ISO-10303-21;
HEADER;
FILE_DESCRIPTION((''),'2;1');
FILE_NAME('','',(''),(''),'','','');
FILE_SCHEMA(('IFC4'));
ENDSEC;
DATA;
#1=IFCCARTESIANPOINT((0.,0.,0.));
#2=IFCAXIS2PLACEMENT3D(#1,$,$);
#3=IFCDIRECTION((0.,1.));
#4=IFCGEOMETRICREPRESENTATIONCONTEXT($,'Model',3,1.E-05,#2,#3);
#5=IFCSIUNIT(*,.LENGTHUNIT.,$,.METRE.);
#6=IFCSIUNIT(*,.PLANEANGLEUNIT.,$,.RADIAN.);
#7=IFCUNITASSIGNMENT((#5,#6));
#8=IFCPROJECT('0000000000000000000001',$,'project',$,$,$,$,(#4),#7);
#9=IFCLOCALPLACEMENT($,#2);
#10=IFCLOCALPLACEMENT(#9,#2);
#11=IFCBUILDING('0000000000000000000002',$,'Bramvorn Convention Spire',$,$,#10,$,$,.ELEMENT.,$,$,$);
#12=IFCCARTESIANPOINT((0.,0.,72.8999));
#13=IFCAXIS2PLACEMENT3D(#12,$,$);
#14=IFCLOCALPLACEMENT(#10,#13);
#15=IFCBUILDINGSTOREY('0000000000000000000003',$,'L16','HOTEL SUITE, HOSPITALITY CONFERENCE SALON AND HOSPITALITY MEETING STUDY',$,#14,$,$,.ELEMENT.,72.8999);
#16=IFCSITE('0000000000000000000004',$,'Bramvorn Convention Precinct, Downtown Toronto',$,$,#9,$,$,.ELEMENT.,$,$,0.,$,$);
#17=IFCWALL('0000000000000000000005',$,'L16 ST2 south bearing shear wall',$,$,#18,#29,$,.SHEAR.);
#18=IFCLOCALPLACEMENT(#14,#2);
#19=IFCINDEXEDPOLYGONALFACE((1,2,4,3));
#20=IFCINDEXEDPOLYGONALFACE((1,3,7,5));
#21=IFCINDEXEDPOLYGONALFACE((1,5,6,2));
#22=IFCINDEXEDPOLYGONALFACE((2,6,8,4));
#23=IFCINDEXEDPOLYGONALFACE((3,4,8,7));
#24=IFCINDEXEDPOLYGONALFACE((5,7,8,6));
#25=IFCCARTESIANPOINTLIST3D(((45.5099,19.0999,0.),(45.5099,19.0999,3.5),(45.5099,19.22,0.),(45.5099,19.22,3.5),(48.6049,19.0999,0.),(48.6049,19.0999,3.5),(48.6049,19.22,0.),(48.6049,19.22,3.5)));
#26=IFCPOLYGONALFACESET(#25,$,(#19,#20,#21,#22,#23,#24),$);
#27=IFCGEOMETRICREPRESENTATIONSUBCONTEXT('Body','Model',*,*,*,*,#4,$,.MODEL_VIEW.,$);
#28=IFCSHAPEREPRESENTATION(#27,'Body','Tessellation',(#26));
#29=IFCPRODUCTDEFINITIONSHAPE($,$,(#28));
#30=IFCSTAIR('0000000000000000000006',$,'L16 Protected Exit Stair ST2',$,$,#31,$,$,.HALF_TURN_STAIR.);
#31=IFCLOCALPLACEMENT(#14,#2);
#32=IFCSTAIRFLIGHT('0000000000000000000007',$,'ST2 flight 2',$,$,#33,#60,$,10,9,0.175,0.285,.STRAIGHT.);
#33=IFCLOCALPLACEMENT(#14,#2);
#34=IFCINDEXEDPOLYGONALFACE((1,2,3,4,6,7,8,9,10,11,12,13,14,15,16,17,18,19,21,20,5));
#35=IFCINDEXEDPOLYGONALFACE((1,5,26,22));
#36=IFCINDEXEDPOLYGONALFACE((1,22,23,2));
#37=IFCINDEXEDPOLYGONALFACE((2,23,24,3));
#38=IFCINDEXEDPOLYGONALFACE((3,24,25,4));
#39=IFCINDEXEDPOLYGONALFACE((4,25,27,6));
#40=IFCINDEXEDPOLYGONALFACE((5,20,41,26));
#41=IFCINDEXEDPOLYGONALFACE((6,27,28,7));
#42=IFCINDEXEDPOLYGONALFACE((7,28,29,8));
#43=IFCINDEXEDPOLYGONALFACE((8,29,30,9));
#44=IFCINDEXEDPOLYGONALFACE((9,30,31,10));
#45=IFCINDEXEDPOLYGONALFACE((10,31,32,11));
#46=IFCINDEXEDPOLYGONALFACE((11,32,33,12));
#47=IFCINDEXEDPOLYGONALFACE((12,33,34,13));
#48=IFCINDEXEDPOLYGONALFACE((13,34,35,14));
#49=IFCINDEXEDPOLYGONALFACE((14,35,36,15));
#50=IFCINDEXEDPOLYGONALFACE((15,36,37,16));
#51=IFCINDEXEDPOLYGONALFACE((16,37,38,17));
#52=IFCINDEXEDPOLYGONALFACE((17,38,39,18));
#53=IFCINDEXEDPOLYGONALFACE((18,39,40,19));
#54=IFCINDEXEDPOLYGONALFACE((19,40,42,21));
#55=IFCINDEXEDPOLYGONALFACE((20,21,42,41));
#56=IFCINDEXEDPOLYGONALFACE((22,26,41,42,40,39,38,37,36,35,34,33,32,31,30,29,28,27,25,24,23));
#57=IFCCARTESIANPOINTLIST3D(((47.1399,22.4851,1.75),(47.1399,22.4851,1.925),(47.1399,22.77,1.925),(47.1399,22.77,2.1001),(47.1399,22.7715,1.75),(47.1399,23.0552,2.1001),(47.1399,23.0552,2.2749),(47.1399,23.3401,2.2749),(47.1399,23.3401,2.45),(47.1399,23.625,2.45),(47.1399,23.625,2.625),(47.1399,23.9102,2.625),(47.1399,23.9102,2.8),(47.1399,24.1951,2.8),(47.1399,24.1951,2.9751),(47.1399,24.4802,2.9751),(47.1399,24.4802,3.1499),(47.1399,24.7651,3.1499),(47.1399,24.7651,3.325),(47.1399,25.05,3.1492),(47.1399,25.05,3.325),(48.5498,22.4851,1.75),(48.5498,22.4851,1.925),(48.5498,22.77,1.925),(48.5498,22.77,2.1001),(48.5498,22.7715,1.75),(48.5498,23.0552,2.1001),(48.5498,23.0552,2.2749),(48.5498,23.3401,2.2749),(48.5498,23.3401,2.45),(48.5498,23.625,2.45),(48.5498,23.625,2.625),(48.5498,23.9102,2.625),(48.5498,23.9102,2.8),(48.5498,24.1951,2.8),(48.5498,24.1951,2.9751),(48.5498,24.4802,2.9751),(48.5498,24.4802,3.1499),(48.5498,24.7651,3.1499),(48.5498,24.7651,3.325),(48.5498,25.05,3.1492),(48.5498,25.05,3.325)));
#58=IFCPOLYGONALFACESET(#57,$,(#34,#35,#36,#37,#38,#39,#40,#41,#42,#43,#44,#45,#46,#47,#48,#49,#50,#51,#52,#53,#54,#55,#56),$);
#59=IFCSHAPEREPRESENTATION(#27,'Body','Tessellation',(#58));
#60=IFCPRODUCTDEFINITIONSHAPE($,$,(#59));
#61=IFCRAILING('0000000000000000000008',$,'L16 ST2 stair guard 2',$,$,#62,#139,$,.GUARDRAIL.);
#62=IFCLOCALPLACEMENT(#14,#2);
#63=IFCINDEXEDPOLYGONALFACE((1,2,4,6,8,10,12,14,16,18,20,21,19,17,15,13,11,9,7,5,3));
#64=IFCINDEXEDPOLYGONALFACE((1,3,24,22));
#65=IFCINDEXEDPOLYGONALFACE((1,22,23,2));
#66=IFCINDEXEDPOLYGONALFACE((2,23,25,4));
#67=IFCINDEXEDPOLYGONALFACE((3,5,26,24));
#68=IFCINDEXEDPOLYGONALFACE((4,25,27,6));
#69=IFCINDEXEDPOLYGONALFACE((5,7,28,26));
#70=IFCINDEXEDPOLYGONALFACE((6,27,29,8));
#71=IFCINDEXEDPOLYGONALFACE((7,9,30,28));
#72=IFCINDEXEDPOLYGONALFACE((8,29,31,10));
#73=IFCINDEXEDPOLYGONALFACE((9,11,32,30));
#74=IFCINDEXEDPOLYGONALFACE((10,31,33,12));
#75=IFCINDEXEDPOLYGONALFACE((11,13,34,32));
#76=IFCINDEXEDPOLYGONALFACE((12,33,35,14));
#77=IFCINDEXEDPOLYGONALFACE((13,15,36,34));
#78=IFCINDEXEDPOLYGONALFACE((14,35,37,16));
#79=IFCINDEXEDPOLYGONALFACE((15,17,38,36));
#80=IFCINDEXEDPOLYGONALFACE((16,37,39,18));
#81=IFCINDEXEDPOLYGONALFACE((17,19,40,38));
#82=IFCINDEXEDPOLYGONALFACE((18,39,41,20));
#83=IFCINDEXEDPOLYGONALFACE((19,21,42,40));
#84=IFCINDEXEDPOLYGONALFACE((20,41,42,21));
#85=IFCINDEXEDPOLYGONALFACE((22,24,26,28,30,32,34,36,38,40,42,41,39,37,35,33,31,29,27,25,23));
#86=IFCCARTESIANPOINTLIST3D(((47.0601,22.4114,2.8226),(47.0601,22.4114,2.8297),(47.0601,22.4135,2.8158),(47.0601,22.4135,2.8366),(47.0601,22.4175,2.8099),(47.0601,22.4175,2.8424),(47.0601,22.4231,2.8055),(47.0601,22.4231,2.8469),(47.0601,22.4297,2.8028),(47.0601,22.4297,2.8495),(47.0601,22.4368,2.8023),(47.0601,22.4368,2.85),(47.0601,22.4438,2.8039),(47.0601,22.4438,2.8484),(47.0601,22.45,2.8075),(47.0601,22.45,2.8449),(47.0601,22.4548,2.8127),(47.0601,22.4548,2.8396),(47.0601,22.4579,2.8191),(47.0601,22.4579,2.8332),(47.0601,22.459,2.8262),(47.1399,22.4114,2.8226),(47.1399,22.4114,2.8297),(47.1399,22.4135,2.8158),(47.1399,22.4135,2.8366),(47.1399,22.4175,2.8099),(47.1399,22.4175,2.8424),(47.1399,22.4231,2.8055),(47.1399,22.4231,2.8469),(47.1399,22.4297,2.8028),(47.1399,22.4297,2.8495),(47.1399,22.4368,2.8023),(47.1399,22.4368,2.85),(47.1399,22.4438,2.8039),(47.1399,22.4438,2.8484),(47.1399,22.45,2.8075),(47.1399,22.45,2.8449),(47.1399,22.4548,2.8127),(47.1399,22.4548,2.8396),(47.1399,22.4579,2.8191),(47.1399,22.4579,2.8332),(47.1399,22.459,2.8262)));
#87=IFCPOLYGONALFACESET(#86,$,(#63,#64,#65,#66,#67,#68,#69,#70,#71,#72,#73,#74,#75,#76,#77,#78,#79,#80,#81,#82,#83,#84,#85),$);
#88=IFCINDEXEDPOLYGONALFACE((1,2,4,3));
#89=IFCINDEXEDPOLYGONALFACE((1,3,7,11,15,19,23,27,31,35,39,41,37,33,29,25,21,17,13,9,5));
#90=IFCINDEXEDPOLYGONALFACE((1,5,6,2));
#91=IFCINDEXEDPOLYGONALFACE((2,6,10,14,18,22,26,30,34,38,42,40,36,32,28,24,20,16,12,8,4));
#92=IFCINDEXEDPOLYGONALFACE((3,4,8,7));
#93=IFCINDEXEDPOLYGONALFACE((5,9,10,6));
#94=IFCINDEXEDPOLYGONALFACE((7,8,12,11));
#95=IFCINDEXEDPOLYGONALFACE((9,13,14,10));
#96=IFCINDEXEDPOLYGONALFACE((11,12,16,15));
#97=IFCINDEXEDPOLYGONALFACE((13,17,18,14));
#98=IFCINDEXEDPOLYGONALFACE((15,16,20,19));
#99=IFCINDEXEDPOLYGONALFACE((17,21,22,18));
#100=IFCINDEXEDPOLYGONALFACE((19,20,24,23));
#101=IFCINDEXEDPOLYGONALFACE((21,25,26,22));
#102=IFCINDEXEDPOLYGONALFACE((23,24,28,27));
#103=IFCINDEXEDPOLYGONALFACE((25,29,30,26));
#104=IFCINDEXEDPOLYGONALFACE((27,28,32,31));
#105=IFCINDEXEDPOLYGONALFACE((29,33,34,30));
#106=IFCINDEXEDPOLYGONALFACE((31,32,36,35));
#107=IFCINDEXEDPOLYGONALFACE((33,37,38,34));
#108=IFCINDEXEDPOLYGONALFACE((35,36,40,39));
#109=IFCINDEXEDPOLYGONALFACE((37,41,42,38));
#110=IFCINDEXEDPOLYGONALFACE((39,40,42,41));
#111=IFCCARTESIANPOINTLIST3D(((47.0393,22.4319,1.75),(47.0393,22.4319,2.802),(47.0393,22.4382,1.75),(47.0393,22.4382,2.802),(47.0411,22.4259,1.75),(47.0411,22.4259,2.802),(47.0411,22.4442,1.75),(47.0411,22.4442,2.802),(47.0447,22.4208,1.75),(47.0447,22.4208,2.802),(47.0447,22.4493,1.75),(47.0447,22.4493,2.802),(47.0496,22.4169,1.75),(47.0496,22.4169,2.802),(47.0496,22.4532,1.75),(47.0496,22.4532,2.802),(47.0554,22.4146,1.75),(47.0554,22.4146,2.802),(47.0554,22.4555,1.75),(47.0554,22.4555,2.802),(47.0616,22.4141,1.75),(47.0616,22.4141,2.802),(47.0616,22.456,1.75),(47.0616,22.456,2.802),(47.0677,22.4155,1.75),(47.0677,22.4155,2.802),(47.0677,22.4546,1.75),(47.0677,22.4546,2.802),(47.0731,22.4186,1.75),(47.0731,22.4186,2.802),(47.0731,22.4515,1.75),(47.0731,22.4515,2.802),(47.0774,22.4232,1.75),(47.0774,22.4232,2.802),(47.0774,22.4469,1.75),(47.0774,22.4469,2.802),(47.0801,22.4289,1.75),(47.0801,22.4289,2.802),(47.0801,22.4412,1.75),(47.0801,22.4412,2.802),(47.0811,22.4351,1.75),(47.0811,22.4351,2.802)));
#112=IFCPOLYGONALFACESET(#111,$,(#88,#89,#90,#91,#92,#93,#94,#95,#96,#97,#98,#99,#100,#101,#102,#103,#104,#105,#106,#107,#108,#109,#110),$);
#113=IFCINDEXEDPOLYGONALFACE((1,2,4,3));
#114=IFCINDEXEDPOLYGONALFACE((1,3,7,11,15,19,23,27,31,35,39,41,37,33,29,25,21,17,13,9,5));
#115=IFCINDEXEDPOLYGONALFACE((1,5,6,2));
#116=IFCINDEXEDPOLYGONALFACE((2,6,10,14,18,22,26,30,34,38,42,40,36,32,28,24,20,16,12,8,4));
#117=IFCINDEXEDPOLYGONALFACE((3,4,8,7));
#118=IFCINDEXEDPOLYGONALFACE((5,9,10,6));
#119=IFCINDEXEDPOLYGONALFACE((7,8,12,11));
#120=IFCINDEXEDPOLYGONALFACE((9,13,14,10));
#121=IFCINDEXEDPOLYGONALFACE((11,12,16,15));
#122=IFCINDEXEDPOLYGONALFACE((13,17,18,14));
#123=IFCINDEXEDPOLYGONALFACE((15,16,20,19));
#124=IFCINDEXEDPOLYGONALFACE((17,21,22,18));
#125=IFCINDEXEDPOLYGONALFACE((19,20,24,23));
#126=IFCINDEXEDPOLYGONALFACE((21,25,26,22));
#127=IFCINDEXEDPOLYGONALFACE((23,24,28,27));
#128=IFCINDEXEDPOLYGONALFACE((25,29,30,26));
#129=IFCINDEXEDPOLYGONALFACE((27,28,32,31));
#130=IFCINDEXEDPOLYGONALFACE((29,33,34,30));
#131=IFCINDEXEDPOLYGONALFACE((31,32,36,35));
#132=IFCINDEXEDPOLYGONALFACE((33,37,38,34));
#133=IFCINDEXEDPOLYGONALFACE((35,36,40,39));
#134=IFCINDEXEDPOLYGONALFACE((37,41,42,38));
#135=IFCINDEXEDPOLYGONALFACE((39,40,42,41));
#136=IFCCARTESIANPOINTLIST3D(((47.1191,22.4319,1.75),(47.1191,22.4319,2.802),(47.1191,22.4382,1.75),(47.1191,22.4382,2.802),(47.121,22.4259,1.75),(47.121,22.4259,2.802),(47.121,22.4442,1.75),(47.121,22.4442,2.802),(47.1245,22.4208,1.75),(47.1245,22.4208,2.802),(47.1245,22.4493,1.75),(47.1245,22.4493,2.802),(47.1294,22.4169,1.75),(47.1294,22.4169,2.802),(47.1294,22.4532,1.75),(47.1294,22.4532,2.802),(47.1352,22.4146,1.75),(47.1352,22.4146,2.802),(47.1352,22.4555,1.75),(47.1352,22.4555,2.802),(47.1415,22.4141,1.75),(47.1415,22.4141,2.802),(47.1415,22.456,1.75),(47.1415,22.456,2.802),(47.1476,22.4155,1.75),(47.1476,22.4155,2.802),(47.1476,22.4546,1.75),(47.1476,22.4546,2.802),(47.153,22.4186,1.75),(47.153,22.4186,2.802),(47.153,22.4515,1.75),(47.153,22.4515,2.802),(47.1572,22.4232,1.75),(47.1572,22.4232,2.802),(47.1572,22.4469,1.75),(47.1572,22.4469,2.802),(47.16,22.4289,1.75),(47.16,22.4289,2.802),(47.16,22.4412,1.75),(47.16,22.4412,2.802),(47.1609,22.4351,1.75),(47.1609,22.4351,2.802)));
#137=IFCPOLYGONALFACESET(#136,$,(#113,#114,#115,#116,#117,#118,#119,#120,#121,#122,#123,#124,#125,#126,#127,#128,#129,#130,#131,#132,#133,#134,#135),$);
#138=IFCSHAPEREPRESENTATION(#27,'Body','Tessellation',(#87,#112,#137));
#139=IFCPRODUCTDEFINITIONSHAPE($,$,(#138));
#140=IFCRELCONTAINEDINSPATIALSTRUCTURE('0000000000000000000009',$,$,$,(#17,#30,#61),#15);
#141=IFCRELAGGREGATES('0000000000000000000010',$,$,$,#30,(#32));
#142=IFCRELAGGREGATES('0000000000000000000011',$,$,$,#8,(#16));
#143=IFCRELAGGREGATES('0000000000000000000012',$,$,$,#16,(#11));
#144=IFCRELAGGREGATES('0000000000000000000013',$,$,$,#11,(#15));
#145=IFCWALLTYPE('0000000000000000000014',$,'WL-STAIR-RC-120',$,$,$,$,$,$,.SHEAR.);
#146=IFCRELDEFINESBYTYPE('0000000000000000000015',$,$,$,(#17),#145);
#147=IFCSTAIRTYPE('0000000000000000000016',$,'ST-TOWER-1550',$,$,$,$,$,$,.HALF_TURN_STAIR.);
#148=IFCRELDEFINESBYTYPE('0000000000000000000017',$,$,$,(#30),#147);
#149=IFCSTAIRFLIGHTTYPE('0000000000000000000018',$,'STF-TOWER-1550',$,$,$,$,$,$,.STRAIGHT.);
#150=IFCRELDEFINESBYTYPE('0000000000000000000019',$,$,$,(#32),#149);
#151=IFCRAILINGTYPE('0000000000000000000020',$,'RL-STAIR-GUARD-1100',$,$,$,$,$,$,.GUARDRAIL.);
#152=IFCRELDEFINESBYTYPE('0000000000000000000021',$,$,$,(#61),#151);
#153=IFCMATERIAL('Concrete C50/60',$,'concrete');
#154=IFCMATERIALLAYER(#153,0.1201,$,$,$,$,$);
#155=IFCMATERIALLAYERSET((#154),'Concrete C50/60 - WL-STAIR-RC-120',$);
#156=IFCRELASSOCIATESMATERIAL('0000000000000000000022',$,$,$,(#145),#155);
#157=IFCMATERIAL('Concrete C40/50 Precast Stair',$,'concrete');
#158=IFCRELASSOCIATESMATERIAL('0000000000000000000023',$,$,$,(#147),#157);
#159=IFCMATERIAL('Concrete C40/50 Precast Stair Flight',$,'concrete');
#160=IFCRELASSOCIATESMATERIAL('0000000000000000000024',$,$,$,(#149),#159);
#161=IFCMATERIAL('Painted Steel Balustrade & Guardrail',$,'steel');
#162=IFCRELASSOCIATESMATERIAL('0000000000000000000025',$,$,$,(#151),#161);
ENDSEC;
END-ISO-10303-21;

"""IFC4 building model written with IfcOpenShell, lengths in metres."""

from ifc_helpers import new_model, si_unit, direction, frame, frame_2d, origin, origin_2d, place, context, subcontext, project, spatial, polyline, rectangle, circle, outline, extrude, material, layer, layer_set, type_object, element, aggregate, save


model = new_model("IFC4")

# Units and contexts
model_context = context("Model", 3, precision=1e-05, world=origin(), true_north=direction((0.0, 1.0)))
body_context = subcontext(model_context, "Body", "Model", "MODEL_VIEW")
ifc_project = project(units=[si_unit("LENGTHUNIT", "METRE"), si_unit("PLANEANGLEUNIT", "RADIAN")], contexts=[model_context])

# Site, building, storey
site_placement = place(None, origin())
site = spatial("IfcSite", under=ifc_project, at=site_placement, Name="Bramvorn Convention Precinct, Downtown Toronto", CompositionType="ELEMENT", RefElevation=0.0)
building_placement = place(site_placement, origin())
building = spatial("IfcBuilding", under=site, at=building_placement, Name="Bramvorn Convention Spire", CompositionType="ELEMENT")
storey_placement = place(building_placement, frame((0.0, 0.0, 72.8999)))
storey = spatial("IfcBuildingStorey", under=building, at=storey_placement, Name="L16", Description="HOTEL SUITE, HOSPITALITY CONFERENCE SALON AND HOSPITALITY MEETING STUDY", CompositionType="ELEMENT", Elevation=72.8999)

# Shared definitions
ifc_material_1 = material(Name="Concrete C50/60", Category="concrete")

# Wall
ifc_layer_1 = layer(ifc_material_1, 0.1201)
ifc_layer_set_1 = layer_set([ifc_layer_1], Name="Concrete C50/60 - WL-STAIR-RC-120")
wall_type_1 = type_object("IfcWallType", Name="WL-STAIR-RC-120", PredefinedType="SHEAR", material=ifc_layer_set_1)
wall_1_placement = place(storey_placement, frame((45.51, 19.1599, 0.0), z_axis=(0.0, 0.0, 1.0), x_axis=(1.0, 0.0, 0.0)))
element("IfcWall", 1, at=wall_1_placement, inside=storey, type_object=wall_type_1, Name="L16 ST2 south bearing shear wall", PredefinedType="SHEAR", context=body_context, shape_type="SweptSolid", body=[
    extrude(rectangle(XDim=3.095, YDim=0.1201, at=frame_2d((1.5474, 0.0))), origin(), (0.0, 0.0, 1.0), 3.5),
])

# Stair, stair flight
ifc_material_2 = material(Name="Concrete C40/50 Precast Stair", Category="concrete")
stair_type = type_object("IfcStairType", Name="ST-TOWER-1550", PredefinedType="HALF_TURN_STAIR", material=ifc_material_2)
stair_placement = place(storey_placement, origin())
stair = element("IfcStair", 2, at=stair_placement, inside=storey, type_object=stair_type, Name="L16 Protected Exit Stair ST2", PredefinedType="HALF_TURN_STAIR")
ifc_material_3 = material(Name="Concrete C40/50 Precast Stair Flight", Category="concrete")
stair_flight_type = type_object("IfcStairFlightType", Name="STF-TOWER-1550", PredefinedType="STRAIGHT", material=ifc_material_3)
stair_flight_placement = place(storey_placement, frame((47.845, 22.4851, 1.75), z_axis=(0.0, 0.0, 1.0), x_axis=(0.0, 1.0, 0.0)))
stair_flight = element("IfcStairFlight", 3, at=stair_flight_placement, type_object=stair_flight_type, Name="ST2 flight 2", NumberOfRisers=10, NumberOfTreads=9, PredefinedType="STRAIGHT", RiserHeight=0.175, TreadLength=0.285, context=body_context, shape_type="SweptSolid", body=[
    extrude(outline(polyline([(0.0, 0.0), (0.0, 0.175), (0.2849, 0.175), (0.2849, 0.3501), (0.5701, 0.3501), (0.5701, 0.5249), (0.855, 0.5249), (0.855, 0.7), (1.1399, 0.7), (1.1399, 0.875), (1.425, 0.875), (1.425, 1.05), (1.71, 1.05), (1.71, 1.2251), (1.9951, 1.2251), (1.9951, 1.3999), (2.28, 1.3999), (2.28, 1.575), (2.5649, 1.575), (2.5649, 1.75), (2.5649, 1.3992), (0.2864, 0.0), (0.0, 0.0)])), frame((0.0, 0.7051, 0.0), z_axis=(0.0, -1.0, 0.0), x_axis=(1.0, 0.0, 0.0)), (0.0, 0.0, 1.0), 1.4099),
])
aggregate(stair, [stair_flight])

# Railing
ifc_material_4 = material(Name="Painted Steel Balustrade & Guardrail", Category="steel")
railing_type_1 = type_object("IfcRailingType", Name="RL-STAIR-GUARD-1100", PredefinedType="GUARDRAIL", material=ifc_material_4)
railing_1_placement = place(storey_placement, frame((47.0601, 22.4351, 1.75)))
element("IfcRailing", 4, at=railing_1_placement, inside=storey, type_object=railing_type_1, Name="L16 ST2 stair guard 2", PredefinedType="GUARDRAIL", context=body_context, shape_type="SweptSolid", body=[
    extrude(circle(Radius=0.0239, at=origin_2d()), frame((0.0, 0.0, 1.0762), z_axis=(1.0, 0.0, 0.0), x_axis=(0.0, 1.0, 0.0)), (0.0, 0.0, 1.0), 0.0798),
    extrude(circle(Radius=0.021, at=origin_2d()), origin(), (0.0, 0.0, 1.0), 1.052),
    extrude(circle(Radius=0.021, at=origin_2d()), frame((0.0798, 0.0, 0.0)), (0.0, 0.0, 1.0), 1.052),
])

save(model, "model.ifc")
